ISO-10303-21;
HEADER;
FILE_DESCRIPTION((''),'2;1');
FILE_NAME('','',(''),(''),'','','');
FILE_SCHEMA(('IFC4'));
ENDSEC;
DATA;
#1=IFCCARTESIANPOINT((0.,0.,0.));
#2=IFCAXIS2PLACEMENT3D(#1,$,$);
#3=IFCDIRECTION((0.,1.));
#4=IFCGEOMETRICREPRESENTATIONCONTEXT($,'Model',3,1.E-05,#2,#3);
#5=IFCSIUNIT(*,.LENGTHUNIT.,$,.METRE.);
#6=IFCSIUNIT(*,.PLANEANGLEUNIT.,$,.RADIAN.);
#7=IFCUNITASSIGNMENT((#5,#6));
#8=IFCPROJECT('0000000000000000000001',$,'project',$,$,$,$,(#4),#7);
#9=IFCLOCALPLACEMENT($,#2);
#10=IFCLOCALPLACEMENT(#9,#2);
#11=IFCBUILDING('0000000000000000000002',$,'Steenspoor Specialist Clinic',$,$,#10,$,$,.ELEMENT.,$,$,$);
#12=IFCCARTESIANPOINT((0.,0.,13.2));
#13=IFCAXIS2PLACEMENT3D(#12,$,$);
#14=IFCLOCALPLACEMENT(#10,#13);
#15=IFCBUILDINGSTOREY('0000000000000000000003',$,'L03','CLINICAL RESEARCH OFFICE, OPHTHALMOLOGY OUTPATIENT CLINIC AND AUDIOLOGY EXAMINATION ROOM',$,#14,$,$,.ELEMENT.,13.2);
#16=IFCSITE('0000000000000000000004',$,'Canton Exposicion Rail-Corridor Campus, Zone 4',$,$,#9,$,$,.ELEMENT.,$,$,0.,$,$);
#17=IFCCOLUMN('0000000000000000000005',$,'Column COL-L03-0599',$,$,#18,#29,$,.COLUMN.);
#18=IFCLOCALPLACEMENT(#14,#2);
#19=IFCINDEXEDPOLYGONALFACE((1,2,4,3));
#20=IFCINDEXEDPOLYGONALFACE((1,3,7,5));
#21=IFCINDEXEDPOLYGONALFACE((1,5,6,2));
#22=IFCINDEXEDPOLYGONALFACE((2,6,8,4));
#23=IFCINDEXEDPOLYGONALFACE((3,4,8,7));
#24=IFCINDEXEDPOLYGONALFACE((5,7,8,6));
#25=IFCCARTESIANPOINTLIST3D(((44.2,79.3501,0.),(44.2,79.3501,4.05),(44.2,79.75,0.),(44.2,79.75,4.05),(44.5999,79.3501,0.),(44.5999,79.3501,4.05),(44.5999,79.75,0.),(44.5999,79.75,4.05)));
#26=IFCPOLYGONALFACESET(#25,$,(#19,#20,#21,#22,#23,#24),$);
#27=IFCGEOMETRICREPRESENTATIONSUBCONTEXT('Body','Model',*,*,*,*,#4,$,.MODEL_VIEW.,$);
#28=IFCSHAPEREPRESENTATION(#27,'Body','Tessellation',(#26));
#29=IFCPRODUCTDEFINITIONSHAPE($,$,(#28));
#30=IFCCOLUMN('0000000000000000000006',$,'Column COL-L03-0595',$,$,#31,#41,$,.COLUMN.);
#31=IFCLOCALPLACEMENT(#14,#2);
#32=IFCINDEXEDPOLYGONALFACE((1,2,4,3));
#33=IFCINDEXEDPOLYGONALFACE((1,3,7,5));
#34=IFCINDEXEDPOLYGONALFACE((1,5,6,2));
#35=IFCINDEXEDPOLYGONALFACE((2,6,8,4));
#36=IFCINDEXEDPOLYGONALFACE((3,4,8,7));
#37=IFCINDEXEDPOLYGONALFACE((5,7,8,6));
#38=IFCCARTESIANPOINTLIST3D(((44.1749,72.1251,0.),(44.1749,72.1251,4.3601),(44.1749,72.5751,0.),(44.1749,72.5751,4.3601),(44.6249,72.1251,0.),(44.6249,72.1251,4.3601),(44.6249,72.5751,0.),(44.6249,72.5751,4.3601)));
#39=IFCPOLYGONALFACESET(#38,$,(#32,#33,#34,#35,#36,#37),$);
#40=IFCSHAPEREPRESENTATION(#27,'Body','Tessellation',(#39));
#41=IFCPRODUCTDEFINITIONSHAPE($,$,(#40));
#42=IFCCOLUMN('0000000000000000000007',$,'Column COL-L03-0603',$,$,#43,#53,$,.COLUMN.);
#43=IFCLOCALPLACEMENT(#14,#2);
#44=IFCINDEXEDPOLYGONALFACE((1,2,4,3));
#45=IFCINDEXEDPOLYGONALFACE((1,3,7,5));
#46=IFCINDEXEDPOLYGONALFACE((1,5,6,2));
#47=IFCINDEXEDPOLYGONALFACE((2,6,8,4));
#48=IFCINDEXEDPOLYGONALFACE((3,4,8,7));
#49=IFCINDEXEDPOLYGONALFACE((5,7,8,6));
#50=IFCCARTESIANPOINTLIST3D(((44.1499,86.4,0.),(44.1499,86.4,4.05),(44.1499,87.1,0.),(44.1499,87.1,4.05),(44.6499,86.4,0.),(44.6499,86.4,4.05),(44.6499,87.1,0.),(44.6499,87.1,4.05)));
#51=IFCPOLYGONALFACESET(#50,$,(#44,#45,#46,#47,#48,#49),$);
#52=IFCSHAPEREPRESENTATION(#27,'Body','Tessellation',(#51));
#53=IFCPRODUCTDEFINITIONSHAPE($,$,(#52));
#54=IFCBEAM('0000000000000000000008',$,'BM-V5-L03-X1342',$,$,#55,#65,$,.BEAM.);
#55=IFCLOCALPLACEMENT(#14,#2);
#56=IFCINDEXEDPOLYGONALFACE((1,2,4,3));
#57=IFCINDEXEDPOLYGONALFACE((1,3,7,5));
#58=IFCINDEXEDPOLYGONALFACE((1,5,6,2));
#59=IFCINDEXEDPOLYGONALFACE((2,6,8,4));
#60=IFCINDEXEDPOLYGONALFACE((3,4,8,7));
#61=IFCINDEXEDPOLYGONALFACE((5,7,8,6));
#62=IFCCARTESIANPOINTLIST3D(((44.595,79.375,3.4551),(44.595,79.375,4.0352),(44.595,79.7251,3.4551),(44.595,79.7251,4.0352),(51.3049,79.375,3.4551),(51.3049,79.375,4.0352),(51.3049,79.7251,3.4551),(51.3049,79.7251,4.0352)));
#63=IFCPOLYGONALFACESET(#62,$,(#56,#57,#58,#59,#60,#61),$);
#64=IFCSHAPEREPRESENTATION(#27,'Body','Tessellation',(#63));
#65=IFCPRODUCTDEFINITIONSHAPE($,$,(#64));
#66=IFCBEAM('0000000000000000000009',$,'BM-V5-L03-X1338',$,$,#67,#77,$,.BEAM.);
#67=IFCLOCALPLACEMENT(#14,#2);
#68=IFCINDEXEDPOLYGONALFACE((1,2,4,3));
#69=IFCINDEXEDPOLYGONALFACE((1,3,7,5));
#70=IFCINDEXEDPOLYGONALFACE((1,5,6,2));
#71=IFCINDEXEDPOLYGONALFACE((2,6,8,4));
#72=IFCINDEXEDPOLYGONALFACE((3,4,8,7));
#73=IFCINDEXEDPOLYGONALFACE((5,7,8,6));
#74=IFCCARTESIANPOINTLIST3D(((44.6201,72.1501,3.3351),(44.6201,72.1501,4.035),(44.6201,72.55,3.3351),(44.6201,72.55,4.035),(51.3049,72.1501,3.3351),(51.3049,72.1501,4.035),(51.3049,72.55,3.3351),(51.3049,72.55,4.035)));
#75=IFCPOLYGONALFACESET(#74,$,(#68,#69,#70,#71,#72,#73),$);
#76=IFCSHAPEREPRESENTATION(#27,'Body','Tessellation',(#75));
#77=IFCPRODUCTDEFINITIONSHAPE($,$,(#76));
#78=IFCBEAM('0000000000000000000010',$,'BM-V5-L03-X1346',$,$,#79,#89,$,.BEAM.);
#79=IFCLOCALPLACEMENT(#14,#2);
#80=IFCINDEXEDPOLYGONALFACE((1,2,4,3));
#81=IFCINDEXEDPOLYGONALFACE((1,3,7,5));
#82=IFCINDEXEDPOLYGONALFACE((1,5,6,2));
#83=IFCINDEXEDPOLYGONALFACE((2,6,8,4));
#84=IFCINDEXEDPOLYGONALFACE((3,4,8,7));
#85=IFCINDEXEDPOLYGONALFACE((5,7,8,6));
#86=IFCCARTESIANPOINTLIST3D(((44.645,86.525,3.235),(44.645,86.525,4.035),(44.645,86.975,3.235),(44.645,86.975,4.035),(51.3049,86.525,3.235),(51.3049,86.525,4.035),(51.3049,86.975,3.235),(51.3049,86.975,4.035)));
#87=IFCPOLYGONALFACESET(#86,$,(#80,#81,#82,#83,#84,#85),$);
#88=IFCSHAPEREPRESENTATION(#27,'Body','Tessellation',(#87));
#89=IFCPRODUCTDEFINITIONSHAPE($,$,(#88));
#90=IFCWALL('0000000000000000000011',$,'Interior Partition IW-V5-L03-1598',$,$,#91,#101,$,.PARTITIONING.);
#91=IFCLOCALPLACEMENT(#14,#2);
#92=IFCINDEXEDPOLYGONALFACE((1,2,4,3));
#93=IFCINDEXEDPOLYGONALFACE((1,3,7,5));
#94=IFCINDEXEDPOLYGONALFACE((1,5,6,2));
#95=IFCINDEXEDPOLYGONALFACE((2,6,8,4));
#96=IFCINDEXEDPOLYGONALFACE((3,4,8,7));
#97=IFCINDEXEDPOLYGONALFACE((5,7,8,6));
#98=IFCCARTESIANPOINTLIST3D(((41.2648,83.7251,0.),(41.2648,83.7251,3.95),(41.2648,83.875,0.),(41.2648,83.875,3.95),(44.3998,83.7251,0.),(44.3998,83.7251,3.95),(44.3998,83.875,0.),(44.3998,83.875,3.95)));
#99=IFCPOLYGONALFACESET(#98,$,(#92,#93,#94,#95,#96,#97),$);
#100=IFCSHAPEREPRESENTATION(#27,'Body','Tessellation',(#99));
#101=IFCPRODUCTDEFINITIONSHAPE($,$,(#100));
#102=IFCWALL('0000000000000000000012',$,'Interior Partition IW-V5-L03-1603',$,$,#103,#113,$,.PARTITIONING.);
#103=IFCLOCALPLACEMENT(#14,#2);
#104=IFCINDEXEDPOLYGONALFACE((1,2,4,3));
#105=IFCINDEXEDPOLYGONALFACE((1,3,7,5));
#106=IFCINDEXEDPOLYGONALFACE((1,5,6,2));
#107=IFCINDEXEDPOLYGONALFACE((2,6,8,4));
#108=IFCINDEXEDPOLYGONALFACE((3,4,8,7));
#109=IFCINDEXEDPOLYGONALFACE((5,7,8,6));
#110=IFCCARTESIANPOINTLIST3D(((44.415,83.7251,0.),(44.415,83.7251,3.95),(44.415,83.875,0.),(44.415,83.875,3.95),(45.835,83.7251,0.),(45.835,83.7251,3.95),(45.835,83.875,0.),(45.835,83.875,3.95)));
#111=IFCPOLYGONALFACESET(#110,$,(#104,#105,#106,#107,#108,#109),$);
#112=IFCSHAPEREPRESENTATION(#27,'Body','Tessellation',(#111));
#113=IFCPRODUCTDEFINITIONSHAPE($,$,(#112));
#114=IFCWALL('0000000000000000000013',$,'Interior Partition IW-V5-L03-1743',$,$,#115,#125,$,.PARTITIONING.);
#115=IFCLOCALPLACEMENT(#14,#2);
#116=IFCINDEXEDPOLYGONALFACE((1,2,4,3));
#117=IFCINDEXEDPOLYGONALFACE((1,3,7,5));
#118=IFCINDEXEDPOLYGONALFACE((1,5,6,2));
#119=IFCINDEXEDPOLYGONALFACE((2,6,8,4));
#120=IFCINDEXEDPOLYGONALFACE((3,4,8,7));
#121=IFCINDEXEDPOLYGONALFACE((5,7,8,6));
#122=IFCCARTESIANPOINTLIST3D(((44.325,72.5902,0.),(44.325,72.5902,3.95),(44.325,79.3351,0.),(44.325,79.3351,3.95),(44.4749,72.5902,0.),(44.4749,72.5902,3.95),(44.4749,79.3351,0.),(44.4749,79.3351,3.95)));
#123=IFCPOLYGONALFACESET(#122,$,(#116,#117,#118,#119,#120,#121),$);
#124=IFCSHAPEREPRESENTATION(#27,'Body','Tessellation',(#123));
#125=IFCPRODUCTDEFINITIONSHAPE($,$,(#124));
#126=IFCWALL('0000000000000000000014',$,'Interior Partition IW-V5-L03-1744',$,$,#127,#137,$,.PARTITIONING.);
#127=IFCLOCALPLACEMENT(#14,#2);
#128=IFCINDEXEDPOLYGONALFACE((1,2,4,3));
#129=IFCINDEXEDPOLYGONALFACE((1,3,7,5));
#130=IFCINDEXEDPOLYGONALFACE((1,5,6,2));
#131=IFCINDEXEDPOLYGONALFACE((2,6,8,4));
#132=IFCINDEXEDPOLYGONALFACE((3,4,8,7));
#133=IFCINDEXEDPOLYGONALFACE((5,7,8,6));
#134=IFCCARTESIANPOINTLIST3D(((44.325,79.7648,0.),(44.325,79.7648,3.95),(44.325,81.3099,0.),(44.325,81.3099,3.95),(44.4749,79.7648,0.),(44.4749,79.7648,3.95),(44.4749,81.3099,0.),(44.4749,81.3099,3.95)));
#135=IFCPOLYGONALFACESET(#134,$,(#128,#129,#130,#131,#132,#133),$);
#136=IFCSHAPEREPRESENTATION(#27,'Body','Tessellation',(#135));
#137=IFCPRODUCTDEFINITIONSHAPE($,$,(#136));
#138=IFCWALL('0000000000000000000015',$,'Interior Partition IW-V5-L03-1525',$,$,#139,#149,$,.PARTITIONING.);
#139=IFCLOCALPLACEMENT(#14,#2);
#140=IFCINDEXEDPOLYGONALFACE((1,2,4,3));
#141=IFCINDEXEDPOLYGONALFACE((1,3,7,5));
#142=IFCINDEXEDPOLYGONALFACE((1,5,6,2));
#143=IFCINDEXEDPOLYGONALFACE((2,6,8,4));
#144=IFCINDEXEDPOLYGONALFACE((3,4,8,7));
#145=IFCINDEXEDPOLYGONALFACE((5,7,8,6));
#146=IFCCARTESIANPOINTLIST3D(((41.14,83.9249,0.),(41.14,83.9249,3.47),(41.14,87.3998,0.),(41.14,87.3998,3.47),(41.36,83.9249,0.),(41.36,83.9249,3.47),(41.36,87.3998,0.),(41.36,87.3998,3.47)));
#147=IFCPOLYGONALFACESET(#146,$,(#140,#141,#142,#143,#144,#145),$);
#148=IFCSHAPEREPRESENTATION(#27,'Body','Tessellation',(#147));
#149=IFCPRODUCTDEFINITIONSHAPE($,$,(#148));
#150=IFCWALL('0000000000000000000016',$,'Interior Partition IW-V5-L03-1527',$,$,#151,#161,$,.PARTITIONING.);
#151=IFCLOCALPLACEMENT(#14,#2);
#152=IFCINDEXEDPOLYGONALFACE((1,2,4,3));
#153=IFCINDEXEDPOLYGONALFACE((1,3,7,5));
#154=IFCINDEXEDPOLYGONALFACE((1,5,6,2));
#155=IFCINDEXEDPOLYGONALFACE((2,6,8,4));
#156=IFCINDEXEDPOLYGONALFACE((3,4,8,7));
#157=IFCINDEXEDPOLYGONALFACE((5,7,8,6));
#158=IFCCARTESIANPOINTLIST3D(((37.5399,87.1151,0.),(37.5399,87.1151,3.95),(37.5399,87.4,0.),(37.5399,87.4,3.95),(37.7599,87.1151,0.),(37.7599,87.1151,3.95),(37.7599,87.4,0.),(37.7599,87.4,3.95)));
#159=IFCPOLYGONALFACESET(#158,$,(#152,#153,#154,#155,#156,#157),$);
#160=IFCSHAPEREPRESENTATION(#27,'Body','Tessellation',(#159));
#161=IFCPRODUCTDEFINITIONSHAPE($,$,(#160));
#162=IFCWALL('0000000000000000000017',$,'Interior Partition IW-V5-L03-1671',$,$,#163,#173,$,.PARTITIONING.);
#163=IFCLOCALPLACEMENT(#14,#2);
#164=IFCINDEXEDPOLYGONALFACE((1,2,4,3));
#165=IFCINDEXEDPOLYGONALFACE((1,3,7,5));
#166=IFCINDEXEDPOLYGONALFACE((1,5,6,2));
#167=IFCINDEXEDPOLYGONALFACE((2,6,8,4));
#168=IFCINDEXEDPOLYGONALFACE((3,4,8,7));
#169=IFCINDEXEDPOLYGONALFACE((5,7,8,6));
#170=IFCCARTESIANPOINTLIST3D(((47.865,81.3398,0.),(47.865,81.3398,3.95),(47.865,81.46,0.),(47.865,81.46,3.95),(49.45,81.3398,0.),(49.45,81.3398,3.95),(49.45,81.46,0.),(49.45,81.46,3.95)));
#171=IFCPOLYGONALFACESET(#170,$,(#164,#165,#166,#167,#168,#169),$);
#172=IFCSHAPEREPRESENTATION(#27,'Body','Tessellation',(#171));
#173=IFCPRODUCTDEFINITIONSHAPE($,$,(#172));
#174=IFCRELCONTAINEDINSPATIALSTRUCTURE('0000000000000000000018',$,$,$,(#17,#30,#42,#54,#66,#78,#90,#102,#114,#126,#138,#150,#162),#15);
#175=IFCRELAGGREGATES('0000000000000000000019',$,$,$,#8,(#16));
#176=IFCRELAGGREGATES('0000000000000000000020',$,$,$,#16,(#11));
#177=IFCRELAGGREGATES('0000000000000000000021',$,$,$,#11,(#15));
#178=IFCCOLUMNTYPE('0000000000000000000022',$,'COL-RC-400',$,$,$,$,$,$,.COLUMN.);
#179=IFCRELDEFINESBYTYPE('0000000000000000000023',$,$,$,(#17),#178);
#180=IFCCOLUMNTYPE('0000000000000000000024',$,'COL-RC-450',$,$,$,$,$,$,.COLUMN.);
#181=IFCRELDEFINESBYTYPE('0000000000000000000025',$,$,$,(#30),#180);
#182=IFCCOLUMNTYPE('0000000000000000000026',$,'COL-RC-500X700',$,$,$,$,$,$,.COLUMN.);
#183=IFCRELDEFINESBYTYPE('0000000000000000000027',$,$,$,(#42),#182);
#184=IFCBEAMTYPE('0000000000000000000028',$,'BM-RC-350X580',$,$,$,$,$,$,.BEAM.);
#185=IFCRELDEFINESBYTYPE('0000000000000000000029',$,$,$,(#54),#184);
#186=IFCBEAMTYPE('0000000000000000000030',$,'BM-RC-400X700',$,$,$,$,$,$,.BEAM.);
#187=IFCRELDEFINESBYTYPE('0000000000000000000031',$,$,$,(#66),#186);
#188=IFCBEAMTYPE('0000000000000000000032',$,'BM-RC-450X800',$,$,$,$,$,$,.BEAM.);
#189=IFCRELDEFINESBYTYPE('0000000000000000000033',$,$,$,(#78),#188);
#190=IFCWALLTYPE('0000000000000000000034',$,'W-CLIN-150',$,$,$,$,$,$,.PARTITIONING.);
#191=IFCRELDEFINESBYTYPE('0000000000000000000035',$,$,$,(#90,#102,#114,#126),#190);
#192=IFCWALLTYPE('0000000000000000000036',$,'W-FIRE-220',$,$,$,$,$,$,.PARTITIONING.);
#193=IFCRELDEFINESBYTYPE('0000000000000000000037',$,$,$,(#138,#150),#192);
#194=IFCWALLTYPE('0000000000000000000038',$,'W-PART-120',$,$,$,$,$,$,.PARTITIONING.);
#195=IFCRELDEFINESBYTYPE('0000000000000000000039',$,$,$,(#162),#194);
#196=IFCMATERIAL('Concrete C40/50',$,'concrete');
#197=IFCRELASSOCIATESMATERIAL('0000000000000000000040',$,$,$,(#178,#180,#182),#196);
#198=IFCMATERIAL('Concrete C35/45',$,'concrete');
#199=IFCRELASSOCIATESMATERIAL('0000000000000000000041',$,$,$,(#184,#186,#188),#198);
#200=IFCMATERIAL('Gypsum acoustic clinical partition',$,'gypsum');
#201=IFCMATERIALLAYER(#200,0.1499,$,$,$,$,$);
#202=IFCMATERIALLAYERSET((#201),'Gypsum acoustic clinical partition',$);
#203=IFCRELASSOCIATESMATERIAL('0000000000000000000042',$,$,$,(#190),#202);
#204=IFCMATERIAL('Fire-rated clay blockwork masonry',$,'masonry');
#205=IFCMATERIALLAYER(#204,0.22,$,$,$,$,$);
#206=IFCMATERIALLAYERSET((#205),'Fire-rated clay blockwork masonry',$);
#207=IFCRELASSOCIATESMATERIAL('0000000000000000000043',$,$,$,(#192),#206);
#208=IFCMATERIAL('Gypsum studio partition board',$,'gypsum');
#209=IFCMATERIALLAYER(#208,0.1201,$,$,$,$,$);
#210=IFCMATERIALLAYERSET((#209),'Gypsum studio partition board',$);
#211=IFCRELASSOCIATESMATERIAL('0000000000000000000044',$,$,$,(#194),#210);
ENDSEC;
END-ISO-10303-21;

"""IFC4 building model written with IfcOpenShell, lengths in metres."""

from ifc_helpers import new_model, si_unit, direction, frame, frame_2d, origin, origin_2d, place, context, subcontext, project, spatial, rectangle, extrude, material, layer, layer_set, material_profile, profile_set, type_object, element, save


model = new_model("IFC4")

# Units and contexts
model_context = context("Model", 3, precision=1e-05, world=origin(), true_north=direction((0.0, 1.0)))
body_context = subcontext(model_context, "Body", "Model", "MODEL_VIEW")
ifc_project = project(units=[si_unit("LENGTHUNIT", "METRE"), si_unit("PLANEANGLEUNIT", "RADIAN")], contexts=[model_context])

# Site, building, storey
site_placement = place(None, origin())
site = spatial("IfcSite", under=ifc_project, at=site_placement, Name="Canton Exposicion Rail-Corridor Campus, Zone 4", CompositionType="ELEMENT", RefElevation=0.0)
building_placement = place(site_placement, origin())
building = spatial("IfcBuilding", under=site, at=building_placement, Name="Steenspoor Specialist Clinic", CompositionType="ELEMENT")
storey_placement = place(building_placement, frame((0.0, 0.0, 13.2)))
storey = spatial("IfcBuildingStorey", under=building, at=storey_placement, Name="L03", Description="CLINICAL RESEARCH OFFICE, OPHTHALMOLOGY OUTPATIENT CLINIC AND AUDIOLOGY EXAMINATION ROOM", CompositionType="ELEMENT", Elevation=13.2)

# Columns
ifc_material_1 = material(Name="Concrete C40/50", Category="concrete")
ifc_material_profile_1 = material_profile(ifc_material_1, rectangle(XDim=0.3999, YDim=0.3999, at=origin_2d()), Name="RC-COL-400X400")
ifc_profile_set_1 = profile_set([ifc_material_profile_1], Name="Concrete C40/50")
column_type_1 = type_object("IfcColumnType", Name="COL-RC-400", PredefinedType="COLUMN", material=ifc_profile_set_1)
column_1_placement = place(storey_placement, frame((44.3999, 79.55, 0.0), z_axis=(0.0, 0.0, 1.0), x_axis=(1.0, 0.0, 0.0)))
element("IfcColumn", 1, at=column_1_placement, inside=storey, type_object=column_type_1, Name="Column COL-L03-0599", PredefinedType="COLUMN", context=body_context, shape_type="SweptSolid", body=[
    extrude(rectangle(XDim=0.3999, YDim=0.3999, at=origin_2d()), origin(), (0.0, 0.0, 1.0), 4.05),
])
ifc_material_profile_2 = material_profile(ifc_material_1, rectangle(XDim=0.45, YDim=0.45, at=origin_2d()), Name="RC-COL-450X450")
ifc_profile_set_2 = profile_set([ifc_material_profile_2], Name="Concrete C40/50")
column_type_2 = type_object("IfcColumnType", Name="COL-RC-450", PredefinedType="COLUMN", material=ifc_profile_set_2)
column_2_placement = place(storey_placement, frame((44.3999, 72.3501, 0.0), z_axis=(0.0, 0.0, 1.0), x_axis=(1.0, 0.0, 0.0)))
element("IfcColumn", 2, at=column_2_placement, inside=storey, type_object=column_type_2, Name="Column COL-L03-0595", PredefinedType="COLUMN", context=body_context, shape_type="SweptSolid", body=[
    extrude(rectangle(XDim=0.45, YDim=0.45, at=origin_2d()), origin(), (0.0, 0.0, 1.0), 4.3601),
])
ifc_material_profile_3 = material_profile(ifc_material_1, rectangle(XDim=0.5, YDim=0.7, at=origin_2d()), Name="RC-COL-500X700")
ifc_profile_set_3 = profile_set([ifc_material_profile_3], Name="Concrete C40/50")
column_type_3 = type_object("IfcColumnType", Name="COL-RC-500X700", PredefinedType="COLUMN", material=ifc_profile_set_3)
column_3_placement = place(storey_placement, frame((44.3999, 86.75, 0.0), z_axis=(0.0, 0.0, 1.0), x_axis=(1.0, 0.0, 0.0)))
element("IfcColumn", 3, at=column_3_placement, inside=storey, type_object=column_type_3, Name="Column COL-L03-0603", PredefinedType="COLUMN", context=body_context, shape_type="SweptSolid", body=[
    extrude(rectangle(XDim=0.5, YDim=0.7, at=origin_2d()), origin(), (0.0, 0.0, 1.0), 4.05),
])

# Beams
ifc_material_2 = material(Name="Concrete C35/45", Category="concrete")
ifc_material_profile_4 = material_profile(ifc_material_2, rectangle(XDim=0.3501, YDim=0.5801, at=origin_2d()), Name="RC-BM-350X580")
ifc_profile_set_4 = profile_set([ifc_material_profile_4], Name="Concrete C35/45")
beam_type_1 = type_object("IfcBeamType", Name="BM-RC-350X580", PredefinedType="BEAM", material=ifc_profile_set_4)
beam_1_placement = place(storey_placement, frame((44.595, 79.55, 3.7451), z_axis=(1.0, 0.0, 0.0), x_axis=(0.0, 1.0, 0.0)))
element("IfcBeam", 4, at=beam_1_placement, inside=storey, type_object=beam_type_1, Name="BM-V5-L03-X1342", PredefinedType="BEAM", context=body_context, shape_type="SweptSolid", body=[
    extrude(rectangle(XDim=0.3501, YDim=0.5801, at=origin_2d()), origin(), (0.0, 0.0, 1.0), 6.71),
])
ifc_material_profile_5 = material_profile(ifc_material_2, rectangle(XDim=0.3999, YDim=0.7, at=origin_2d()), Name="RC-BM-400X700")
ifc_profile_set_5 = profile_set([ifc_material_profile_5], Name="Concrete C35/45")
beam_type_2 = type_object("IfcBeamType", Name="BM-RC-400X700", PredefinedType="BEAM", material=ifc_profile_set_5)
beam_2_placement = place(storey_placement, frame((44.6201, 72.3501, 3.6851), z_axis=(1.0, 0.0, 0.0), x_axis=(0.0, 1.0, 0.0)))
element("IfcBeam", 5, at=beam_2_placement, inside=storey, type_object=beam_type_2, Name="BM-V5-L03-X1338", PredefinedType="BEAM", context=body_context, shape_type="SweptSolid", body=[
    extrude(rectangle(XDim=0.3999, YDim=0.7, at=origin_2d()), origin(), (0.0, 0.0, 1.0), 6.6848),
])
ifc_material_profile_6 = material_profile(ifc_material_2, rectangle(XDim=0.45, YDim=0.8, at=origin_2d()), Name="RC-BM-450X800")
ifc_profile_set_6 = profile_set([ifc_material_profile_6], Name="Concrete C35/45")
beam_type_3 = type_object("IfcBeamType", Name="BM-RC-450X800", PredefinedType="BEAM", material=ifc_profile_set_6)
beam_3_placement = place(storey_placement, frame((44.645, 86.75, 3.635), z_axis=(1.0, 0.0, 0.0), x_axis=(0.0, 1.0, 0.0)))
element("IfcBeam", 6, at=beam_3_placement, inside=storey, type_object=beam_type_3, Name="BM-V5-L03-X1346", PredefinedType="BEAM", context=body_context, shape_type="SweptSolid", body=[
    extrude(rectangle(XDim=0.45, YDim=0.8, at=origin_2d()), origin(), (0.0, 0.0, 1.0), 6.6599),
])

# Shared definitions
ifc_material_3 = material(Name="Gypsum acoustic clinical partition", Category="gypsum")
ifc_layer_1 = layer(ifc_material_3, 0.1499)
ifc_layer_set_1 = layer_set([ifc_layer_1], Name="Gypsum acoustic clinical partition")
wall_type_1 = type_object("IfcWallType", Name="W-CLIN-150", PredefinedType="PARTITIONING", material=ifc_layer_set_1)

# Walls
wall_1_placement = place(storey_placement, frame((41.2649, 83.8, 0.0), z_axis=(0.0, 0.0, 1.0), x_axis=(1.0, 0.0, 0.0)))
element("IfcWall", 7, at=wall_1_placement, inside=storey, type_object=wall_type_1, Name="Interior Partition IW-V5-L03-1598", PredefinedType="PARTITIONING", context=body_context, shape_type="SweptSolid", body=[
    extrude(rectangle(XDim=3.135, YDim=0.1499, at=frame_2d((1.5674, 0.0))), origin(), (0.0, 0.0, 1.0), 3.95),
])
wall_2_placement = place(storey_placement, frame((44.415, 83.8, 0.0), z_axis=(0.0, 0.0, 1.0), x_axis=(1.0, 0.0, 0.0)))
element("IfcWall", 8, at=wall_2_placement, inside=storey, type_object=wall_type_1, Name="Interior Partition IW-V5-L03-1603", PredefinedType="PARTITIONING", context=body_context, shape_type="SweptSolid", body=[
    extrude(rectangle(XDim=1.4199, YDim=0.1499, at=frame_2d((0.71, 0.0))), origin(), (0.0, 0.0, 1.0), 3.95),
])
wall_3_placement = place(storey_placement, frame((44.3999, 72.5901, 0.0), z_axis=(0.0, 0.0, 1.0), x_axis=(0.0, 1.0, 0.0)))
element("IfcWall", 9, at=wall_3_placement, inside=storey, type_object=wall_type_1, Name="Interior Partition IW-V5-L03-1743", PredefinedType="PARTITIONING", context=body_context, shape_type="SweptSolid", body=[
    extrude(rectangle(XDim=6.7449, YDim=0.1499, at=frame_2d((3.3726, 0.0))), origin(), (0.0, 0.0, 1.0), 3.95),
])
wall_4_placement = place(storey_placement, frame((44.3999, 79.7649, 0.0), z_axis=(0.0, 0.0, 1.0), x_axis=(0.0, 1.0, 0.0)))
element("IfcWall", 10, at=wall_4_placement, inside=storey, type_object=wall_type_1, Name="Interior Partition IW-V5-L03-1744", PredefinedType="PARTITIONING", context=body_context, shape_type="SweptSolid", body=[
    extrude(rectangle(XDim=1.5452, YDim=0.1499, at=frame_2d((0.7725, 0.0))), origin(), (0.0, 0.0, 1.0), 3.95),
])
ifc_material_4 = material(Name="Fire-rated clay blockwork masonry", Category="masonry")
ifc_layer_2 = layer(ifc_material_4, 0.22)
ifc_layer_set_2 = layer_set([ifc_layer_2], Name="Fire-rated clay blockwork masonry")
wall_type_2 = type_object("IfcWallType", Name="W-FIRE-220", PredefinedType="PARTITIONING", material=ifc_layer_set_2)
wall_5_placement = place(storey_placement, frame((41.25, 83.925, 0.0), z_axis=(0.0, 0.0, 1.0), x_axis=(0.0, 1.0, 0.0)))
element("IfcWall", 11, at=wall_5_placement, inside=storey, type_object=wall_type_2, Name="Interior Partition IW-V5-L03-1525", PredefinedType="PARTITIONING", context=body_context, shape_type="SweptSolid", body=[
    extrude(rectangle(XDim=3.4749, YDim=0.22, at=frame_2d((1.7373, 0.0))), origin(), (0.0, 0.0, 1.0), 3.47),
])
wall_6_placement = place(storey_placement, frame((37.6499, 87.115, 0.0), z_axis=(0.0, 0.0, 1.0), x_axis=(0.0, 1.0, 0.0)))
element("IfcWall", 12, at=wall_6_placement, inside=storey, type_object=wall_type_2, Name="Interior Partition IW-V5-L03-1527", PredefinedType="PARTITIONING", context=body_context, shape_type="SweptSolid", body=[
    extrude(rectangle(XDim=0.2849, YDim=0.22, at=frame_2d((0.1426, 0.0))), origin(), (0.0, 0.0, 1.0), 3.95),
])
ifc_material_5 = material(Name="Gypsum studio partition board", Category="gypsum")
ifc_layer_3 = layer(ifc_material_5, 0.1201)
ifc_layer_set_3 = layer_set([ifc_layer_3], Name="Gypsum studio partition board")
wall_type_3 = type_object("IfcWallType", Name="W-PART-120", PredefinedType="PARTITIONING", material=ifc_layer_set_3)
wall_7_placement = place(storey_placement, frame((47.865, 81.3999, 0.0), z_axis=(0.0, 0.0, 1.0), x_axis=(1.0, 0.0, 0.0)))
element("IfcWall", 13, at=wall_7_placement, inside=storey, type_object=wall_type_3, Name="Interior Partition IW-V5-L03-1671", PredefinedType="PARTITIONING", context=body_context, shape_type="SweptSolid", body=[
    extrude(rectangle(XDim=1.585, YDim=0.1201, at=frame_2d((0.7925, 0.0))), origin(), (0.0, 0.0, 1.0), 3.95),
])

save(model, "model.ifc")
